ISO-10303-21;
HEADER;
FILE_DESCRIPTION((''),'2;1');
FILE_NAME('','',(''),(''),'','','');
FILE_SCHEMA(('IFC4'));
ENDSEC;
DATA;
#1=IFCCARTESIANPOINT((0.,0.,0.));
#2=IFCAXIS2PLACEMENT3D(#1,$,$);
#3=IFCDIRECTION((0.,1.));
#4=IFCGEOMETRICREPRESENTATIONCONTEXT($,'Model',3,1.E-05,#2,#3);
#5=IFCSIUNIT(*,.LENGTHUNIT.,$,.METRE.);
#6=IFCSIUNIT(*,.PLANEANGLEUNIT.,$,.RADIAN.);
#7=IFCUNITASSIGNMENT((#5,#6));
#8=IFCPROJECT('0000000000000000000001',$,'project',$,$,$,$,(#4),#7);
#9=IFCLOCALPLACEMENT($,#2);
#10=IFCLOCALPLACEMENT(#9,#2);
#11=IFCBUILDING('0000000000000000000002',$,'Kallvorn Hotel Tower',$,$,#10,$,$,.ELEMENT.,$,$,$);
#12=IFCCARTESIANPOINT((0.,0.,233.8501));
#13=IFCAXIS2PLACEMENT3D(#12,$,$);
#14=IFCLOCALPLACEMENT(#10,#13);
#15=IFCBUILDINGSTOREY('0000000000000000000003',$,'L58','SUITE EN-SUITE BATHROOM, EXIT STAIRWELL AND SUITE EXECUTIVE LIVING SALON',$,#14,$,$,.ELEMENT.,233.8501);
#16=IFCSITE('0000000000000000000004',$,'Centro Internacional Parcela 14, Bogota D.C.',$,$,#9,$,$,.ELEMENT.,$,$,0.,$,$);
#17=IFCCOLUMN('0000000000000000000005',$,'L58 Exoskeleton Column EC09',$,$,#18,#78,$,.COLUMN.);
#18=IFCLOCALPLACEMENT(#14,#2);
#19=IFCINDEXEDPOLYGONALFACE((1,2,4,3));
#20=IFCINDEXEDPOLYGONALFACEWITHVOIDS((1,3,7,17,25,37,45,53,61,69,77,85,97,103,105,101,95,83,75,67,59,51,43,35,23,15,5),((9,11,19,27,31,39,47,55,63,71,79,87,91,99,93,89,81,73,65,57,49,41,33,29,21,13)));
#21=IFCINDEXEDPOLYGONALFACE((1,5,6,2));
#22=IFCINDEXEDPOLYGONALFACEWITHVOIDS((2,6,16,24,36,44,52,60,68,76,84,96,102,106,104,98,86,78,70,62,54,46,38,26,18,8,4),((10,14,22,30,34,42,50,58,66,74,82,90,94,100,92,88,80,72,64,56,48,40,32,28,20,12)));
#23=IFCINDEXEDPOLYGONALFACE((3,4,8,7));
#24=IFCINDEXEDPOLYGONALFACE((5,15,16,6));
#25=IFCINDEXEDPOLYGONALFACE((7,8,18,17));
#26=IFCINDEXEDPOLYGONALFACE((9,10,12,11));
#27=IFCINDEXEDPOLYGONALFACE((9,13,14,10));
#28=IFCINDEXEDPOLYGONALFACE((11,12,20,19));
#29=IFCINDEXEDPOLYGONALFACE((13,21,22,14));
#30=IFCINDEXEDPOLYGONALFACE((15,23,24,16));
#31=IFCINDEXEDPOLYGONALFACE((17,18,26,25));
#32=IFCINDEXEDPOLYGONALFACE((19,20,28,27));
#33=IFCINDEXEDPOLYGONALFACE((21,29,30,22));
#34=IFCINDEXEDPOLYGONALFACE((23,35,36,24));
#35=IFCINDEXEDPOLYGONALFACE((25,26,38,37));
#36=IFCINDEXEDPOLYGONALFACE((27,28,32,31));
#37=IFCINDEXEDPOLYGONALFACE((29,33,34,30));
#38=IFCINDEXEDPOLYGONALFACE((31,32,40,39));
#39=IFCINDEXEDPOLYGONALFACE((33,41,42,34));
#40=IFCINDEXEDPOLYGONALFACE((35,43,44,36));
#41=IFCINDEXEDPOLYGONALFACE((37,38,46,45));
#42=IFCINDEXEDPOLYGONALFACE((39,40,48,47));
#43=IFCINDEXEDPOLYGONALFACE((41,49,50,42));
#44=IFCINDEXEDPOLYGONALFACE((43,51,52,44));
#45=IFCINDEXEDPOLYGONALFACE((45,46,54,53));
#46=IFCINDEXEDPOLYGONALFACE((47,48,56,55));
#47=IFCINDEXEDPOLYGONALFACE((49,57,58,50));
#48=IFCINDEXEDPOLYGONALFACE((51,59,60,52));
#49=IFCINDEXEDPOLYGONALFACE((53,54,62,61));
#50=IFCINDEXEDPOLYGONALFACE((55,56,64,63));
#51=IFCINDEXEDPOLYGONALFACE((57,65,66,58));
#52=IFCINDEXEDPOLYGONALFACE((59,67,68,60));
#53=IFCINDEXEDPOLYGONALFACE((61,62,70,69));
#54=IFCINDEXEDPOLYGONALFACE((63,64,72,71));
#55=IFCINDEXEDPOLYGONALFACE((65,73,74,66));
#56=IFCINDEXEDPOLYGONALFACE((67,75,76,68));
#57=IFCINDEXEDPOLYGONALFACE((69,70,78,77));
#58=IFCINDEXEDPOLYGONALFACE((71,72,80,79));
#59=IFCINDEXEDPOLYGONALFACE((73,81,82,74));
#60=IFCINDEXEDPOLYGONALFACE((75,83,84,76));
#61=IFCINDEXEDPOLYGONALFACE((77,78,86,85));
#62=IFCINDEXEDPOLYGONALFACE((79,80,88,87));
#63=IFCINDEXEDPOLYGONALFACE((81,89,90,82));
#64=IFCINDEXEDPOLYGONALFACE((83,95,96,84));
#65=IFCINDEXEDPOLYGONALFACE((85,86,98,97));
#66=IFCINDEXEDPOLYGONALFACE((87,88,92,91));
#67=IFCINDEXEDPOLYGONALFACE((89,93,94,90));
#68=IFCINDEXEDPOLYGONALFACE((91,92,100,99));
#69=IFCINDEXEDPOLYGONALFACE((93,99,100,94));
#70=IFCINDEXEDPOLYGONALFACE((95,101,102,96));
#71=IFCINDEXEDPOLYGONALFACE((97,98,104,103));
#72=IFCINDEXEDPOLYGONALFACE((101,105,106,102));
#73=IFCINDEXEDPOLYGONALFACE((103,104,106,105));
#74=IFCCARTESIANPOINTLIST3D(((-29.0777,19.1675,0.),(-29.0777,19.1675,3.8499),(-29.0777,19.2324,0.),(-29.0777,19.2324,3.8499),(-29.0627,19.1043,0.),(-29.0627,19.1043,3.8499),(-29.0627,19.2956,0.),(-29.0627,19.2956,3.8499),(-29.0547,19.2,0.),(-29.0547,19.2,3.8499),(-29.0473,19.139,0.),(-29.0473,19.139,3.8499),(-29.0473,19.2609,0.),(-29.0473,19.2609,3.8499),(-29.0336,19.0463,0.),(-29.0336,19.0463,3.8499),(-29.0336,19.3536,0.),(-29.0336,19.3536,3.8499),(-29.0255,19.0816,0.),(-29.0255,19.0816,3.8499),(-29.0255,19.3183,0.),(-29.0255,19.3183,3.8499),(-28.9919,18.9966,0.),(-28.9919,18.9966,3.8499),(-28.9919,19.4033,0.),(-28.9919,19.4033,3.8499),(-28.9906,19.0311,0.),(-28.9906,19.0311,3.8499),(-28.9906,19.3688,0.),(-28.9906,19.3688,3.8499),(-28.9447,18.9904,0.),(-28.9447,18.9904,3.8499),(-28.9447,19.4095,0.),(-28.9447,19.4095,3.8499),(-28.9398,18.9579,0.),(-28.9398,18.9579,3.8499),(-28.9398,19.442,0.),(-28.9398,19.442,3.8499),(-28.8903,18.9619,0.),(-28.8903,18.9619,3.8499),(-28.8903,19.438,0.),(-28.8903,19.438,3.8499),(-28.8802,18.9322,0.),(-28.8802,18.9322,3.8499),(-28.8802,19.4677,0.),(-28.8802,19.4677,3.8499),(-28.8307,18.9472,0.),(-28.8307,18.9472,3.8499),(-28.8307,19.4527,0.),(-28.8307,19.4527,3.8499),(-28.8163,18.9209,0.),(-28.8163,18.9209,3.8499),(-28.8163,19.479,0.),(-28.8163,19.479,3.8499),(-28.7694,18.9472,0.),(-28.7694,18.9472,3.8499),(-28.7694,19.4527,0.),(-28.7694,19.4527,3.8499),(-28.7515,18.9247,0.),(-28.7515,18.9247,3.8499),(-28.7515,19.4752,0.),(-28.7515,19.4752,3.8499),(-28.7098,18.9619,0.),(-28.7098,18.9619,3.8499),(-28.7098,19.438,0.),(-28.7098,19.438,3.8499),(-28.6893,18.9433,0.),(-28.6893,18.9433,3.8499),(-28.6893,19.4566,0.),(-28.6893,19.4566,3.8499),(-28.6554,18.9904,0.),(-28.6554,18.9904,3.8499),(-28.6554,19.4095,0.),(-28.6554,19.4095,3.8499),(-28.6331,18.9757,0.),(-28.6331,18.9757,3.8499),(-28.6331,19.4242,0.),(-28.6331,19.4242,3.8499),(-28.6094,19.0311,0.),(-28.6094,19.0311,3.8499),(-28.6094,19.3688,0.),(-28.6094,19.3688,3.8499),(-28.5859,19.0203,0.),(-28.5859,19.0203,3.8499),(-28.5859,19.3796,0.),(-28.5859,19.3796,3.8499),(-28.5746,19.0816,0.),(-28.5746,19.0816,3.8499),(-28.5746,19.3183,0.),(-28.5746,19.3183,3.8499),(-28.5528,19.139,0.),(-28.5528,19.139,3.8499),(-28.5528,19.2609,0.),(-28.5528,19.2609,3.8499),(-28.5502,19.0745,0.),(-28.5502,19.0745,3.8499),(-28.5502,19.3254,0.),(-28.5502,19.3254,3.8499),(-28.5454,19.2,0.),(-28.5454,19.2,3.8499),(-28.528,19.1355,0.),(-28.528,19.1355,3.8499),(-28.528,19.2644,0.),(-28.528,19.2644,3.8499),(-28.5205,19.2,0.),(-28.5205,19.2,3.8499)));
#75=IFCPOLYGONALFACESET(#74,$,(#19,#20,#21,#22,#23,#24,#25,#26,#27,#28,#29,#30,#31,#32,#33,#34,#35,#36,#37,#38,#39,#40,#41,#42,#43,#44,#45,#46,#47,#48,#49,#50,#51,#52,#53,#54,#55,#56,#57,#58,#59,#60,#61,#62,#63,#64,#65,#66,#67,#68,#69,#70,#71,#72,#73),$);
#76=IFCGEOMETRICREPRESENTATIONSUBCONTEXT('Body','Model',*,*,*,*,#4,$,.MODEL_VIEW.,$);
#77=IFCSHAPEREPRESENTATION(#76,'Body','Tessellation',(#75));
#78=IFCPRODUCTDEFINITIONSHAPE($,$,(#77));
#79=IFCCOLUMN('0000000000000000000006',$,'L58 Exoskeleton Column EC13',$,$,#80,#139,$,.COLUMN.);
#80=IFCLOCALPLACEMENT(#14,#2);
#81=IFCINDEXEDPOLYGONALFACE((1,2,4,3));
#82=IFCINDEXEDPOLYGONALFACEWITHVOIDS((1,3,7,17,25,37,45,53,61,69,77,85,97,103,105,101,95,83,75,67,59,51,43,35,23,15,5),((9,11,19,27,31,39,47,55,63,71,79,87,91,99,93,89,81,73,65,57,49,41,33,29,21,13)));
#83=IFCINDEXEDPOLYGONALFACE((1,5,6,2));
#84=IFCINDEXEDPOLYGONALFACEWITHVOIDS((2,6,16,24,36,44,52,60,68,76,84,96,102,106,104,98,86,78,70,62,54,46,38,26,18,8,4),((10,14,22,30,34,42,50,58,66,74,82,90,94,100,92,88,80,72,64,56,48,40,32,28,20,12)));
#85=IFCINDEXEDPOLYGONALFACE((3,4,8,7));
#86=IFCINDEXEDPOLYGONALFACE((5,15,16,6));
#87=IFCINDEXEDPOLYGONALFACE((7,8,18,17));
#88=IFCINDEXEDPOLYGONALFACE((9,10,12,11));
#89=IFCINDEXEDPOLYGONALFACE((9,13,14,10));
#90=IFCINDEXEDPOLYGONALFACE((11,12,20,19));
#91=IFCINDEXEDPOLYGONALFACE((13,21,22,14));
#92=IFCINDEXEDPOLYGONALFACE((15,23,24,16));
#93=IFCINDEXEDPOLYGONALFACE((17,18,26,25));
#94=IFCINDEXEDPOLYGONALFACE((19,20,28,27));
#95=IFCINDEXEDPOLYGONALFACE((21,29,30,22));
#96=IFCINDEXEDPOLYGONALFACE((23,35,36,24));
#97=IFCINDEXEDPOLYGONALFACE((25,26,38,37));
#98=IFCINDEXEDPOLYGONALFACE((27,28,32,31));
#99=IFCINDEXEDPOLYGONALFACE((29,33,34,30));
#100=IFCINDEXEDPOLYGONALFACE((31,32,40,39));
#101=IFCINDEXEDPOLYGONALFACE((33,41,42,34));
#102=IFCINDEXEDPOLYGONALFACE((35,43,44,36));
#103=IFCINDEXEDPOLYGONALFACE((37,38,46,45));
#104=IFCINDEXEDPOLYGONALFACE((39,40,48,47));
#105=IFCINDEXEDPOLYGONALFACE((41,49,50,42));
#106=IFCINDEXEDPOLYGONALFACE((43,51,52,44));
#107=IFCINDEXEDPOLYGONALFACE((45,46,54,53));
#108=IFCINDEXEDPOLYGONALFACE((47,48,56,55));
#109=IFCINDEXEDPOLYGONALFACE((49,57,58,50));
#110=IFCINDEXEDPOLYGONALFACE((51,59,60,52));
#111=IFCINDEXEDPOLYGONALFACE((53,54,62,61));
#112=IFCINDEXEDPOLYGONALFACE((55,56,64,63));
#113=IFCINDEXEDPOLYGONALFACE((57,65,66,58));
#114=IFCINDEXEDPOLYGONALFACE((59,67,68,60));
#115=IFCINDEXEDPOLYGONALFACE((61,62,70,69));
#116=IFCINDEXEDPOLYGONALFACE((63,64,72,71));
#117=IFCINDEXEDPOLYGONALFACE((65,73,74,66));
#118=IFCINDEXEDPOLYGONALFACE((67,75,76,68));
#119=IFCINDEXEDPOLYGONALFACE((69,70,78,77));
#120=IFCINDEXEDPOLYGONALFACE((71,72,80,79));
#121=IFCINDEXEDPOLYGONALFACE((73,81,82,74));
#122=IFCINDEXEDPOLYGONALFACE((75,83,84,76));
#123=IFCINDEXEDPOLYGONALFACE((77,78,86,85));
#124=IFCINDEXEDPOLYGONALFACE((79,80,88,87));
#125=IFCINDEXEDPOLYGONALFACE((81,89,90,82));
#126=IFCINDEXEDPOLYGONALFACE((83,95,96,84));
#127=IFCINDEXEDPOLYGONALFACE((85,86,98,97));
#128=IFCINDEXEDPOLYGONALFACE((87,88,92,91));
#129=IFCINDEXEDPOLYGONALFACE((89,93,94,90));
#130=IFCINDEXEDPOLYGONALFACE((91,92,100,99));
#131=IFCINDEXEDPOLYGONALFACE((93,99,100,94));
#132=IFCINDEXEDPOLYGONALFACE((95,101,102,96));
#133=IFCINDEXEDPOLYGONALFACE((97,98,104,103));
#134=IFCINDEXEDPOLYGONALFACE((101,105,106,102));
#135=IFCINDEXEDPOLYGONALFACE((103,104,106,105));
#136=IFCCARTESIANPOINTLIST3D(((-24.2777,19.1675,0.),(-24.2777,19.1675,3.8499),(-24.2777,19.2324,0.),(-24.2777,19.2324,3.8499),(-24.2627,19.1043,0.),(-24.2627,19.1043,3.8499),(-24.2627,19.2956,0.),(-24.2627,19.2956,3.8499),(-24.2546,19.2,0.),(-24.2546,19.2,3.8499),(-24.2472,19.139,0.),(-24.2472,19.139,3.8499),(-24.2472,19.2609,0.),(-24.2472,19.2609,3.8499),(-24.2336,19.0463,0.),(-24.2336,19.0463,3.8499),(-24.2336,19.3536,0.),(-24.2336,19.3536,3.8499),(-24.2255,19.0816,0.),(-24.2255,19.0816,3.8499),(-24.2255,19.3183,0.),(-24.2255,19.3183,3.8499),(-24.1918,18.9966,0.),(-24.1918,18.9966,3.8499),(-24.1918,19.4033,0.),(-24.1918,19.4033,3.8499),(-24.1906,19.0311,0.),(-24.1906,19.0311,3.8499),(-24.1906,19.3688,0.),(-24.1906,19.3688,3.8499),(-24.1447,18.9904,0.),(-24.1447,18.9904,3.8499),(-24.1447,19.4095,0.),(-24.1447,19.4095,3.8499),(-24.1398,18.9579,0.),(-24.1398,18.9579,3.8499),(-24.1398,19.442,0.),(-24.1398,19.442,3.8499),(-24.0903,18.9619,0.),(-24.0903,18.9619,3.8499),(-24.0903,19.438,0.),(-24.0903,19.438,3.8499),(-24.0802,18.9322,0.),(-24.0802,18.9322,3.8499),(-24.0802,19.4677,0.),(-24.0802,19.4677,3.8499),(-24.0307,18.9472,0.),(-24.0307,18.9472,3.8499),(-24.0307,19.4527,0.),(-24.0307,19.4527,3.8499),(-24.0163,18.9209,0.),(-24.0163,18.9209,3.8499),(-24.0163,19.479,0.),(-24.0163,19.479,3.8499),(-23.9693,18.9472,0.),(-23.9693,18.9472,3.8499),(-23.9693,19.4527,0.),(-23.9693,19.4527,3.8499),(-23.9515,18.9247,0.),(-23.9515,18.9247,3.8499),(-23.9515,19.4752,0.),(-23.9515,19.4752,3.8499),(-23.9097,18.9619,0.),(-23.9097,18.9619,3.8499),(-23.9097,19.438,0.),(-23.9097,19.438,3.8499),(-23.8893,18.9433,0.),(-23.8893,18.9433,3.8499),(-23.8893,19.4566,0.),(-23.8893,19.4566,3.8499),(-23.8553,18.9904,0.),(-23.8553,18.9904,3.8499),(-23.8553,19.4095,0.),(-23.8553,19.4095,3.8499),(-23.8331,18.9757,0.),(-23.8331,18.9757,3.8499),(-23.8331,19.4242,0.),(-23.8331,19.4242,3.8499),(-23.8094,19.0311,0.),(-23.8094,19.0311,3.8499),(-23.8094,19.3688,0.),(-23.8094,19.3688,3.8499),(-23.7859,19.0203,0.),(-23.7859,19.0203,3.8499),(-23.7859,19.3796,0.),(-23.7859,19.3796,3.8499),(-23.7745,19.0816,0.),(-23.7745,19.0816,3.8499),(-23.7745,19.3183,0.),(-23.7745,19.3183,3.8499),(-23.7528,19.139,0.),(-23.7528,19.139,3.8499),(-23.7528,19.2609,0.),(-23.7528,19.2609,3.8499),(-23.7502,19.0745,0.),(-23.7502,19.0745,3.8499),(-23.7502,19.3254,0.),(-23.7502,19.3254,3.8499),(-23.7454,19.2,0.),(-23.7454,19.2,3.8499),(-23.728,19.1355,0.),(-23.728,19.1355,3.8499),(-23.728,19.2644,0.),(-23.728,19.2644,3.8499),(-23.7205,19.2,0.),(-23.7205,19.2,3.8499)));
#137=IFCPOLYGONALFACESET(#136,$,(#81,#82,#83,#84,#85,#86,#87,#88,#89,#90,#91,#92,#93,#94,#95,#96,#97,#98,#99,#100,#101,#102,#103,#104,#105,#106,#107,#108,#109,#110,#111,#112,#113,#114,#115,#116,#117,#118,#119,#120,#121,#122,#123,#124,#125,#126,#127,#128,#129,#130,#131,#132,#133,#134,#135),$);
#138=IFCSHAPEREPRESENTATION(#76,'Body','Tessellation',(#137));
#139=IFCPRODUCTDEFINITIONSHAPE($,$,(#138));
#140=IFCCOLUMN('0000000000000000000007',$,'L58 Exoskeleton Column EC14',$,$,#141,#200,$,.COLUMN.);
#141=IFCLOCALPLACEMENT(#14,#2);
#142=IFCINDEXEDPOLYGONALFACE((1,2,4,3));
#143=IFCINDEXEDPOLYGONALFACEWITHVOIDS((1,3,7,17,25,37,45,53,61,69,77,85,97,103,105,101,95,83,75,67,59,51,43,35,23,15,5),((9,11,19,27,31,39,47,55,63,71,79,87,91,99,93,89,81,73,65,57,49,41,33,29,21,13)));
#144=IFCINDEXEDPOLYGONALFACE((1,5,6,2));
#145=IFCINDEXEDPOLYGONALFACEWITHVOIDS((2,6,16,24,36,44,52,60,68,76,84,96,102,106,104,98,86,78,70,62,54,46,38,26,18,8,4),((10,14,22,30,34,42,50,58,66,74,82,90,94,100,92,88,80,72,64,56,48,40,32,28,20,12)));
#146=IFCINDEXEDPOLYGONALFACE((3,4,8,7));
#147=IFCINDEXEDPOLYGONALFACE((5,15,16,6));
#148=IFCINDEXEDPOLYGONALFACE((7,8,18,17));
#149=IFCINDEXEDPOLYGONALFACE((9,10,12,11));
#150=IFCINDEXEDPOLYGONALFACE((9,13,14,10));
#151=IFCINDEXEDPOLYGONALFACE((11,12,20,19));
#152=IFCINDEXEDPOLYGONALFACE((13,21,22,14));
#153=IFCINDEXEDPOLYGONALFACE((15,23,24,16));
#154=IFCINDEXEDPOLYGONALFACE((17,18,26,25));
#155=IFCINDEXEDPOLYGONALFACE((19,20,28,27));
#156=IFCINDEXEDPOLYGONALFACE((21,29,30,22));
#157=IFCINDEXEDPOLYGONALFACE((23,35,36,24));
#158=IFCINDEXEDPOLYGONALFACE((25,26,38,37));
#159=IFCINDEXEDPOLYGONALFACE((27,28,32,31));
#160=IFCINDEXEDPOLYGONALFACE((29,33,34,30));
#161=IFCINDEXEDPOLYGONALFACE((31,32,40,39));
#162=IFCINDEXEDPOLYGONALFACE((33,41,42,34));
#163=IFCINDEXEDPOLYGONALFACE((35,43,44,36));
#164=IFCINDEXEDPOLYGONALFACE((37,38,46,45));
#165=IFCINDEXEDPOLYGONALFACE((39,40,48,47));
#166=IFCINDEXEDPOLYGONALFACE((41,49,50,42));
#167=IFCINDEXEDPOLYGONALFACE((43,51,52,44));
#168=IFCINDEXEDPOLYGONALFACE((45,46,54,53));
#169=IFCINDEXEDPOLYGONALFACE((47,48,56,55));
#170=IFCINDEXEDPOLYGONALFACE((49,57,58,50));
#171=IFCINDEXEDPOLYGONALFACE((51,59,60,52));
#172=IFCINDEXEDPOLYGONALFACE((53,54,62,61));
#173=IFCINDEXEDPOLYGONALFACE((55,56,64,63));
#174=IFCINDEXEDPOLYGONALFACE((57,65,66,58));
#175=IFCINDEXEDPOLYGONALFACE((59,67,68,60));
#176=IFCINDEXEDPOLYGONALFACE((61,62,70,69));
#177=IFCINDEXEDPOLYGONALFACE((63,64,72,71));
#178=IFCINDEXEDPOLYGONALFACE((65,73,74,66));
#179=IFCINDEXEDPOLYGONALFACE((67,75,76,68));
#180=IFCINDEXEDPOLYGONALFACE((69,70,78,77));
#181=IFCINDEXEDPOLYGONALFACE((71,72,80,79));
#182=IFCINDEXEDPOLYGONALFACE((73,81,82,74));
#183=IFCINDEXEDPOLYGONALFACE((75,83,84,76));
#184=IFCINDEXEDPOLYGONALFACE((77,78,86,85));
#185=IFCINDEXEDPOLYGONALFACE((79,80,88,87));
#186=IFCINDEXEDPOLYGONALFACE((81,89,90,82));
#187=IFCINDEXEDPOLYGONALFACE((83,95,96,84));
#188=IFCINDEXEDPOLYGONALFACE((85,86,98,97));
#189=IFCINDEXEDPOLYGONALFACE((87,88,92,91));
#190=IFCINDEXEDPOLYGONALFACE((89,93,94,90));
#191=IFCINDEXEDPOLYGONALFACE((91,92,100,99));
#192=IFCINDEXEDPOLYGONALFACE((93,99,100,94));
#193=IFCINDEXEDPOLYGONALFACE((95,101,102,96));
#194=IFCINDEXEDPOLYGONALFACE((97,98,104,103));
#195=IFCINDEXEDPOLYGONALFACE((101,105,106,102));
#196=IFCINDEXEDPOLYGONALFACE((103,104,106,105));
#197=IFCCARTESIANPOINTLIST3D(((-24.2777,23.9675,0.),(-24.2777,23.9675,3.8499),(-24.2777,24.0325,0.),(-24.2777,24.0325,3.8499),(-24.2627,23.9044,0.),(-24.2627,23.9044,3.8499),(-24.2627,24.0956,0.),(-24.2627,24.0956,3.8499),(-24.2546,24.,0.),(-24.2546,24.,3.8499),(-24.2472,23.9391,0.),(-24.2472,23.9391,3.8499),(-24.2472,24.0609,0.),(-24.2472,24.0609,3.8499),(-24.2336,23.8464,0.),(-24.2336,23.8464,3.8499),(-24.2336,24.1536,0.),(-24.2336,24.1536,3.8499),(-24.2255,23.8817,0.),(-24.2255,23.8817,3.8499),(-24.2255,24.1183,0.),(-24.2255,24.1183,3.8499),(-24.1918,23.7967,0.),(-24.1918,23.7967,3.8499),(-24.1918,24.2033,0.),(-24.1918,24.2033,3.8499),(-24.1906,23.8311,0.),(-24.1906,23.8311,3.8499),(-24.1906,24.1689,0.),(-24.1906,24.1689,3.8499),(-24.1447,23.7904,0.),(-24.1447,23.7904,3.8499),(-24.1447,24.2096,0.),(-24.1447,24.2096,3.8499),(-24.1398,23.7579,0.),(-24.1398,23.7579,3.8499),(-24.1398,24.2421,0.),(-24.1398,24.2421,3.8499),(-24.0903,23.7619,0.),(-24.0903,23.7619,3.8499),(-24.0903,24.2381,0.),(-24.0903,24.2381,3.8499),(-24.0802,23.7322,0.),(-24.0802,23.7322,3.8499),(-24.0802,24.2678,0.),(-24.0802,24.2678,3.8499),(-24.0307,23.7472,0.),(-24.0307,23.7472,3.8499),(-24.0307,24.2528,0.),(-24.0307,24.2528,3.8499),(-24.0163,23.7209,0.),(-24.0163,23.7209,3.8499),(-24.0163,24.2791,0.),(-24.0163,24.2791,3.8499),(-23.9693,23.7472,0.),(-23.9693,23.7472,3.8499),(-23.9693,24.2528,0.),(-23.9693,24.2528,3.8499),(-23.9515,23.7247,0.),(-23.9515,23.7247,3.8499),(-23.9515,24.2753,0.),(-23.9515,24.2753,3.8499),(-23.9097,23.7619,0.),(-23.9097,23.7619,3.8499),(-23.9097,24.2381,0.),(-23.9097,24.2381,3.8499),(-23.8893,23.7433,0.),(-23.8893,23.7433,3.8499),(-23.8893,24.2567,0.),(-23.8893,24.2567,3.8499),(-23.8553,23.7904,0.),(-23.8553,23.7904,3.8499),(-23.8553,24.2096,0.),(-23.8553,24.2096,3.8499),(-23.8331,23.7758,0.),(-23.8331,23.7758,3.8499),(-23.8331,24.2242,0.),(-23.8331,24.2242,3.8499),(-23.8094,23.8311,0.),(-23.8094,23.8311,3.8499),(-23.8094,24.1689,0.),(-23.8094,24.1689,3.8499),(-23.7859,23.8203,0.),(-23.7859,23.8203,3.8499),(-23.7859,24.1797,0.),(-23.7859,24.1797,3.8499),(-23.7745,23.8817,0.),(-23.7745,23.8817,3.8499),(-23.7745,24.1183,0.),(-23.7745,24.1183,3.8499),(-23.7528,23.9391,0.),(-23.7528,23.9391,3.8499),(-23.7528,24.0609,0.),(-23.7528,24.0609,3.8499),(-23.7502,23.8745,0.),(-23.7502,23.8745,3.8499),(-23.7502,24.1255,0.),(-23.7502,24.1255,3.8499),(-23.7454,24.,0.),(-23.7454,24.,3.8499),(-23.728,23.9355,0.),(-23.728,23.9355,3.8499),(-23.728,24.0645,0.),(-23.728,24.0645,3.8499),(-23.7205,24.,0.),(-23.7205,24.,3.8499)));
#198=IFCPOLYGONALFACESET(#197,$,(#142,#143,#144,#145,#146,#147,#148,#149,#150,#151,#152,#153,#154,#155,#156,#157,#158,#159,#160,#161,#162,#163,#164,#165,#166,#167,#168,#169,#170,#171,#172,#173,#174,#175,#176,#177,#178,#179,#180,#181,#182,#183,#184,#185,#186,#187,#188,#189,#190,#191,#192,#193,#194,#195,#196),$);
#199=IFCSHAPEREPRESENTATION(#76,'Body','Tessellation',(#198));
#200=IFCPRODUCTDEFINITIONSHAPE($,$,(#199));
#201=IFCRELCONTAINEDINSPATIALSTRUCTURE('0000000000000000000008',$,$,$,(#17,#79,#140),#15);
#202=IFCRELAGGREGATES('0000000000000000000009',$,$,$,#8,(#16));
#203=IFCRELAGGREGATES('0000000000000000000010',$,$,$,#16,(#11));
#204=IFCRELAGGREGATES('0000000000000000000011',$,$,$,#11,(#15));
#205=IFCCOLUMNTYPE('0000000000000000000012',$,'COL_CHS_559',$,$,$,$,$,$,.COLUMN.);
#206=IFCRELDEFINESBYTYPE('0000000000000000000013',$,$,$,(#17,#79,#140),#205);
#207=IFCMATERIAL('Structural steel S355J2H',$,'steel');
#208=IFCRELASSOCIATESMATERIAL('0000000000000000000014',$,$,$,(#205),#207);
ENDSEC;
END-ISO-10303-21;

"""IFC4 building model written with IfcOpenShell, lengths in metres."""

from ifc_helpers import new_model, si_unit, direction, frame, origin, origin_2d, place, context, subcontext, project, spatial, hollow_circle, extrude, material, material_profile, profile_set, type_object, element, save


model = new_model("IFC4")

# Units and contexts
model_context = context("Model", 3, precision=1e-05, world=origin(), true_north=direction((0.0, 1.0)))
body_context = subcontext(model_context, "Body", "Model", "MODEL_VIEW")
ifc_project = project(units=[si_unit("LENGTHUNIT", "METRE"), si_unit("PLANEANGLEUNIT", "RADIAN")], contexts=[model_context])

# Site, building, storey
site_placement = place(None, origin())
site = spatial("IfcSite", under=ifc_project, at=site_placement, Name="Centro Internacional Parcela 14, Bogota D.C.", CompositionType="ELEMENT", RefElevation=0.0)
building_placement = place(site_placement, origin())
building = spatial("IfcBuilding", under=site, at=building_placement, Name="Kallvorn Hotel Tower", CompositionType="ELEMENT")
storey_placement = place(building_placement, frame((0.0, 0.0, 233.8501)))
storey = spatial("IfcBuildingStorey", under=building, at=storey_placement, Name="L58", Description="SUITE EN-SUITE BATHROOM, EXIT STAIRWELL AND SUITE EXECUTIVE LIVING SALON", CompositionType="ELEMENT", Elevation=233.8501)

# Columns
ifc_material_1 = material(Name="Structural steel S355J2H", Category="steel")
ifc_material_profile_1 = material_profile(ifc_material_1, hollow_circle(Radius=0.2795, WallThickness=0.0249, at=origin_2d()), Name="CHS 559x25")
ifc_profile_set_1 = profile_set([ifc_material_profile_1], Name="Structural steel S355J2H")
column_type_1 = type_object("IfcColumnType", Name="COL_CHS_559", PredefinedType="COLUMN", material=ifc_profile_set_1)
for number, where, z_axis, x_axis, name in (
    (1, (-28.8, 19.2, 0.0), (0.0, 0.0, 1.0), (1.0, 0.0, 0.0), "L58 Exoskeleton Column EC09"),
    (2, (-24.0, 19.2, 0.0), (0.0, 0.0, 1.0), (1.0, 0.0, 0.0), "L58 Exoskeleton Column EC13"),
    (3, (-24.0, 24.0, 0.0), (0.0, 0.0, 1.0), (1.0, 0.0, 0.0), "L58 Exoskeleton Column EC14"),
):
    element("IfcColumn", number, at=place(storey_placement, frame(where, z_axis=z_axis, x_axis=x_axis)), inside=storey, type_object=column_type_1, Name=name, PredefinedType="COLUMN", context=body_context, shape_type="SweptSolid", body=[
        extrude(hollow_circle(Radius=0.2795, WallThickness=0.0249, at=origin_2d()), origin(), (0.0, 0.0, 1.0), 3.8499),
    ])

save(model, "model.ifc")
